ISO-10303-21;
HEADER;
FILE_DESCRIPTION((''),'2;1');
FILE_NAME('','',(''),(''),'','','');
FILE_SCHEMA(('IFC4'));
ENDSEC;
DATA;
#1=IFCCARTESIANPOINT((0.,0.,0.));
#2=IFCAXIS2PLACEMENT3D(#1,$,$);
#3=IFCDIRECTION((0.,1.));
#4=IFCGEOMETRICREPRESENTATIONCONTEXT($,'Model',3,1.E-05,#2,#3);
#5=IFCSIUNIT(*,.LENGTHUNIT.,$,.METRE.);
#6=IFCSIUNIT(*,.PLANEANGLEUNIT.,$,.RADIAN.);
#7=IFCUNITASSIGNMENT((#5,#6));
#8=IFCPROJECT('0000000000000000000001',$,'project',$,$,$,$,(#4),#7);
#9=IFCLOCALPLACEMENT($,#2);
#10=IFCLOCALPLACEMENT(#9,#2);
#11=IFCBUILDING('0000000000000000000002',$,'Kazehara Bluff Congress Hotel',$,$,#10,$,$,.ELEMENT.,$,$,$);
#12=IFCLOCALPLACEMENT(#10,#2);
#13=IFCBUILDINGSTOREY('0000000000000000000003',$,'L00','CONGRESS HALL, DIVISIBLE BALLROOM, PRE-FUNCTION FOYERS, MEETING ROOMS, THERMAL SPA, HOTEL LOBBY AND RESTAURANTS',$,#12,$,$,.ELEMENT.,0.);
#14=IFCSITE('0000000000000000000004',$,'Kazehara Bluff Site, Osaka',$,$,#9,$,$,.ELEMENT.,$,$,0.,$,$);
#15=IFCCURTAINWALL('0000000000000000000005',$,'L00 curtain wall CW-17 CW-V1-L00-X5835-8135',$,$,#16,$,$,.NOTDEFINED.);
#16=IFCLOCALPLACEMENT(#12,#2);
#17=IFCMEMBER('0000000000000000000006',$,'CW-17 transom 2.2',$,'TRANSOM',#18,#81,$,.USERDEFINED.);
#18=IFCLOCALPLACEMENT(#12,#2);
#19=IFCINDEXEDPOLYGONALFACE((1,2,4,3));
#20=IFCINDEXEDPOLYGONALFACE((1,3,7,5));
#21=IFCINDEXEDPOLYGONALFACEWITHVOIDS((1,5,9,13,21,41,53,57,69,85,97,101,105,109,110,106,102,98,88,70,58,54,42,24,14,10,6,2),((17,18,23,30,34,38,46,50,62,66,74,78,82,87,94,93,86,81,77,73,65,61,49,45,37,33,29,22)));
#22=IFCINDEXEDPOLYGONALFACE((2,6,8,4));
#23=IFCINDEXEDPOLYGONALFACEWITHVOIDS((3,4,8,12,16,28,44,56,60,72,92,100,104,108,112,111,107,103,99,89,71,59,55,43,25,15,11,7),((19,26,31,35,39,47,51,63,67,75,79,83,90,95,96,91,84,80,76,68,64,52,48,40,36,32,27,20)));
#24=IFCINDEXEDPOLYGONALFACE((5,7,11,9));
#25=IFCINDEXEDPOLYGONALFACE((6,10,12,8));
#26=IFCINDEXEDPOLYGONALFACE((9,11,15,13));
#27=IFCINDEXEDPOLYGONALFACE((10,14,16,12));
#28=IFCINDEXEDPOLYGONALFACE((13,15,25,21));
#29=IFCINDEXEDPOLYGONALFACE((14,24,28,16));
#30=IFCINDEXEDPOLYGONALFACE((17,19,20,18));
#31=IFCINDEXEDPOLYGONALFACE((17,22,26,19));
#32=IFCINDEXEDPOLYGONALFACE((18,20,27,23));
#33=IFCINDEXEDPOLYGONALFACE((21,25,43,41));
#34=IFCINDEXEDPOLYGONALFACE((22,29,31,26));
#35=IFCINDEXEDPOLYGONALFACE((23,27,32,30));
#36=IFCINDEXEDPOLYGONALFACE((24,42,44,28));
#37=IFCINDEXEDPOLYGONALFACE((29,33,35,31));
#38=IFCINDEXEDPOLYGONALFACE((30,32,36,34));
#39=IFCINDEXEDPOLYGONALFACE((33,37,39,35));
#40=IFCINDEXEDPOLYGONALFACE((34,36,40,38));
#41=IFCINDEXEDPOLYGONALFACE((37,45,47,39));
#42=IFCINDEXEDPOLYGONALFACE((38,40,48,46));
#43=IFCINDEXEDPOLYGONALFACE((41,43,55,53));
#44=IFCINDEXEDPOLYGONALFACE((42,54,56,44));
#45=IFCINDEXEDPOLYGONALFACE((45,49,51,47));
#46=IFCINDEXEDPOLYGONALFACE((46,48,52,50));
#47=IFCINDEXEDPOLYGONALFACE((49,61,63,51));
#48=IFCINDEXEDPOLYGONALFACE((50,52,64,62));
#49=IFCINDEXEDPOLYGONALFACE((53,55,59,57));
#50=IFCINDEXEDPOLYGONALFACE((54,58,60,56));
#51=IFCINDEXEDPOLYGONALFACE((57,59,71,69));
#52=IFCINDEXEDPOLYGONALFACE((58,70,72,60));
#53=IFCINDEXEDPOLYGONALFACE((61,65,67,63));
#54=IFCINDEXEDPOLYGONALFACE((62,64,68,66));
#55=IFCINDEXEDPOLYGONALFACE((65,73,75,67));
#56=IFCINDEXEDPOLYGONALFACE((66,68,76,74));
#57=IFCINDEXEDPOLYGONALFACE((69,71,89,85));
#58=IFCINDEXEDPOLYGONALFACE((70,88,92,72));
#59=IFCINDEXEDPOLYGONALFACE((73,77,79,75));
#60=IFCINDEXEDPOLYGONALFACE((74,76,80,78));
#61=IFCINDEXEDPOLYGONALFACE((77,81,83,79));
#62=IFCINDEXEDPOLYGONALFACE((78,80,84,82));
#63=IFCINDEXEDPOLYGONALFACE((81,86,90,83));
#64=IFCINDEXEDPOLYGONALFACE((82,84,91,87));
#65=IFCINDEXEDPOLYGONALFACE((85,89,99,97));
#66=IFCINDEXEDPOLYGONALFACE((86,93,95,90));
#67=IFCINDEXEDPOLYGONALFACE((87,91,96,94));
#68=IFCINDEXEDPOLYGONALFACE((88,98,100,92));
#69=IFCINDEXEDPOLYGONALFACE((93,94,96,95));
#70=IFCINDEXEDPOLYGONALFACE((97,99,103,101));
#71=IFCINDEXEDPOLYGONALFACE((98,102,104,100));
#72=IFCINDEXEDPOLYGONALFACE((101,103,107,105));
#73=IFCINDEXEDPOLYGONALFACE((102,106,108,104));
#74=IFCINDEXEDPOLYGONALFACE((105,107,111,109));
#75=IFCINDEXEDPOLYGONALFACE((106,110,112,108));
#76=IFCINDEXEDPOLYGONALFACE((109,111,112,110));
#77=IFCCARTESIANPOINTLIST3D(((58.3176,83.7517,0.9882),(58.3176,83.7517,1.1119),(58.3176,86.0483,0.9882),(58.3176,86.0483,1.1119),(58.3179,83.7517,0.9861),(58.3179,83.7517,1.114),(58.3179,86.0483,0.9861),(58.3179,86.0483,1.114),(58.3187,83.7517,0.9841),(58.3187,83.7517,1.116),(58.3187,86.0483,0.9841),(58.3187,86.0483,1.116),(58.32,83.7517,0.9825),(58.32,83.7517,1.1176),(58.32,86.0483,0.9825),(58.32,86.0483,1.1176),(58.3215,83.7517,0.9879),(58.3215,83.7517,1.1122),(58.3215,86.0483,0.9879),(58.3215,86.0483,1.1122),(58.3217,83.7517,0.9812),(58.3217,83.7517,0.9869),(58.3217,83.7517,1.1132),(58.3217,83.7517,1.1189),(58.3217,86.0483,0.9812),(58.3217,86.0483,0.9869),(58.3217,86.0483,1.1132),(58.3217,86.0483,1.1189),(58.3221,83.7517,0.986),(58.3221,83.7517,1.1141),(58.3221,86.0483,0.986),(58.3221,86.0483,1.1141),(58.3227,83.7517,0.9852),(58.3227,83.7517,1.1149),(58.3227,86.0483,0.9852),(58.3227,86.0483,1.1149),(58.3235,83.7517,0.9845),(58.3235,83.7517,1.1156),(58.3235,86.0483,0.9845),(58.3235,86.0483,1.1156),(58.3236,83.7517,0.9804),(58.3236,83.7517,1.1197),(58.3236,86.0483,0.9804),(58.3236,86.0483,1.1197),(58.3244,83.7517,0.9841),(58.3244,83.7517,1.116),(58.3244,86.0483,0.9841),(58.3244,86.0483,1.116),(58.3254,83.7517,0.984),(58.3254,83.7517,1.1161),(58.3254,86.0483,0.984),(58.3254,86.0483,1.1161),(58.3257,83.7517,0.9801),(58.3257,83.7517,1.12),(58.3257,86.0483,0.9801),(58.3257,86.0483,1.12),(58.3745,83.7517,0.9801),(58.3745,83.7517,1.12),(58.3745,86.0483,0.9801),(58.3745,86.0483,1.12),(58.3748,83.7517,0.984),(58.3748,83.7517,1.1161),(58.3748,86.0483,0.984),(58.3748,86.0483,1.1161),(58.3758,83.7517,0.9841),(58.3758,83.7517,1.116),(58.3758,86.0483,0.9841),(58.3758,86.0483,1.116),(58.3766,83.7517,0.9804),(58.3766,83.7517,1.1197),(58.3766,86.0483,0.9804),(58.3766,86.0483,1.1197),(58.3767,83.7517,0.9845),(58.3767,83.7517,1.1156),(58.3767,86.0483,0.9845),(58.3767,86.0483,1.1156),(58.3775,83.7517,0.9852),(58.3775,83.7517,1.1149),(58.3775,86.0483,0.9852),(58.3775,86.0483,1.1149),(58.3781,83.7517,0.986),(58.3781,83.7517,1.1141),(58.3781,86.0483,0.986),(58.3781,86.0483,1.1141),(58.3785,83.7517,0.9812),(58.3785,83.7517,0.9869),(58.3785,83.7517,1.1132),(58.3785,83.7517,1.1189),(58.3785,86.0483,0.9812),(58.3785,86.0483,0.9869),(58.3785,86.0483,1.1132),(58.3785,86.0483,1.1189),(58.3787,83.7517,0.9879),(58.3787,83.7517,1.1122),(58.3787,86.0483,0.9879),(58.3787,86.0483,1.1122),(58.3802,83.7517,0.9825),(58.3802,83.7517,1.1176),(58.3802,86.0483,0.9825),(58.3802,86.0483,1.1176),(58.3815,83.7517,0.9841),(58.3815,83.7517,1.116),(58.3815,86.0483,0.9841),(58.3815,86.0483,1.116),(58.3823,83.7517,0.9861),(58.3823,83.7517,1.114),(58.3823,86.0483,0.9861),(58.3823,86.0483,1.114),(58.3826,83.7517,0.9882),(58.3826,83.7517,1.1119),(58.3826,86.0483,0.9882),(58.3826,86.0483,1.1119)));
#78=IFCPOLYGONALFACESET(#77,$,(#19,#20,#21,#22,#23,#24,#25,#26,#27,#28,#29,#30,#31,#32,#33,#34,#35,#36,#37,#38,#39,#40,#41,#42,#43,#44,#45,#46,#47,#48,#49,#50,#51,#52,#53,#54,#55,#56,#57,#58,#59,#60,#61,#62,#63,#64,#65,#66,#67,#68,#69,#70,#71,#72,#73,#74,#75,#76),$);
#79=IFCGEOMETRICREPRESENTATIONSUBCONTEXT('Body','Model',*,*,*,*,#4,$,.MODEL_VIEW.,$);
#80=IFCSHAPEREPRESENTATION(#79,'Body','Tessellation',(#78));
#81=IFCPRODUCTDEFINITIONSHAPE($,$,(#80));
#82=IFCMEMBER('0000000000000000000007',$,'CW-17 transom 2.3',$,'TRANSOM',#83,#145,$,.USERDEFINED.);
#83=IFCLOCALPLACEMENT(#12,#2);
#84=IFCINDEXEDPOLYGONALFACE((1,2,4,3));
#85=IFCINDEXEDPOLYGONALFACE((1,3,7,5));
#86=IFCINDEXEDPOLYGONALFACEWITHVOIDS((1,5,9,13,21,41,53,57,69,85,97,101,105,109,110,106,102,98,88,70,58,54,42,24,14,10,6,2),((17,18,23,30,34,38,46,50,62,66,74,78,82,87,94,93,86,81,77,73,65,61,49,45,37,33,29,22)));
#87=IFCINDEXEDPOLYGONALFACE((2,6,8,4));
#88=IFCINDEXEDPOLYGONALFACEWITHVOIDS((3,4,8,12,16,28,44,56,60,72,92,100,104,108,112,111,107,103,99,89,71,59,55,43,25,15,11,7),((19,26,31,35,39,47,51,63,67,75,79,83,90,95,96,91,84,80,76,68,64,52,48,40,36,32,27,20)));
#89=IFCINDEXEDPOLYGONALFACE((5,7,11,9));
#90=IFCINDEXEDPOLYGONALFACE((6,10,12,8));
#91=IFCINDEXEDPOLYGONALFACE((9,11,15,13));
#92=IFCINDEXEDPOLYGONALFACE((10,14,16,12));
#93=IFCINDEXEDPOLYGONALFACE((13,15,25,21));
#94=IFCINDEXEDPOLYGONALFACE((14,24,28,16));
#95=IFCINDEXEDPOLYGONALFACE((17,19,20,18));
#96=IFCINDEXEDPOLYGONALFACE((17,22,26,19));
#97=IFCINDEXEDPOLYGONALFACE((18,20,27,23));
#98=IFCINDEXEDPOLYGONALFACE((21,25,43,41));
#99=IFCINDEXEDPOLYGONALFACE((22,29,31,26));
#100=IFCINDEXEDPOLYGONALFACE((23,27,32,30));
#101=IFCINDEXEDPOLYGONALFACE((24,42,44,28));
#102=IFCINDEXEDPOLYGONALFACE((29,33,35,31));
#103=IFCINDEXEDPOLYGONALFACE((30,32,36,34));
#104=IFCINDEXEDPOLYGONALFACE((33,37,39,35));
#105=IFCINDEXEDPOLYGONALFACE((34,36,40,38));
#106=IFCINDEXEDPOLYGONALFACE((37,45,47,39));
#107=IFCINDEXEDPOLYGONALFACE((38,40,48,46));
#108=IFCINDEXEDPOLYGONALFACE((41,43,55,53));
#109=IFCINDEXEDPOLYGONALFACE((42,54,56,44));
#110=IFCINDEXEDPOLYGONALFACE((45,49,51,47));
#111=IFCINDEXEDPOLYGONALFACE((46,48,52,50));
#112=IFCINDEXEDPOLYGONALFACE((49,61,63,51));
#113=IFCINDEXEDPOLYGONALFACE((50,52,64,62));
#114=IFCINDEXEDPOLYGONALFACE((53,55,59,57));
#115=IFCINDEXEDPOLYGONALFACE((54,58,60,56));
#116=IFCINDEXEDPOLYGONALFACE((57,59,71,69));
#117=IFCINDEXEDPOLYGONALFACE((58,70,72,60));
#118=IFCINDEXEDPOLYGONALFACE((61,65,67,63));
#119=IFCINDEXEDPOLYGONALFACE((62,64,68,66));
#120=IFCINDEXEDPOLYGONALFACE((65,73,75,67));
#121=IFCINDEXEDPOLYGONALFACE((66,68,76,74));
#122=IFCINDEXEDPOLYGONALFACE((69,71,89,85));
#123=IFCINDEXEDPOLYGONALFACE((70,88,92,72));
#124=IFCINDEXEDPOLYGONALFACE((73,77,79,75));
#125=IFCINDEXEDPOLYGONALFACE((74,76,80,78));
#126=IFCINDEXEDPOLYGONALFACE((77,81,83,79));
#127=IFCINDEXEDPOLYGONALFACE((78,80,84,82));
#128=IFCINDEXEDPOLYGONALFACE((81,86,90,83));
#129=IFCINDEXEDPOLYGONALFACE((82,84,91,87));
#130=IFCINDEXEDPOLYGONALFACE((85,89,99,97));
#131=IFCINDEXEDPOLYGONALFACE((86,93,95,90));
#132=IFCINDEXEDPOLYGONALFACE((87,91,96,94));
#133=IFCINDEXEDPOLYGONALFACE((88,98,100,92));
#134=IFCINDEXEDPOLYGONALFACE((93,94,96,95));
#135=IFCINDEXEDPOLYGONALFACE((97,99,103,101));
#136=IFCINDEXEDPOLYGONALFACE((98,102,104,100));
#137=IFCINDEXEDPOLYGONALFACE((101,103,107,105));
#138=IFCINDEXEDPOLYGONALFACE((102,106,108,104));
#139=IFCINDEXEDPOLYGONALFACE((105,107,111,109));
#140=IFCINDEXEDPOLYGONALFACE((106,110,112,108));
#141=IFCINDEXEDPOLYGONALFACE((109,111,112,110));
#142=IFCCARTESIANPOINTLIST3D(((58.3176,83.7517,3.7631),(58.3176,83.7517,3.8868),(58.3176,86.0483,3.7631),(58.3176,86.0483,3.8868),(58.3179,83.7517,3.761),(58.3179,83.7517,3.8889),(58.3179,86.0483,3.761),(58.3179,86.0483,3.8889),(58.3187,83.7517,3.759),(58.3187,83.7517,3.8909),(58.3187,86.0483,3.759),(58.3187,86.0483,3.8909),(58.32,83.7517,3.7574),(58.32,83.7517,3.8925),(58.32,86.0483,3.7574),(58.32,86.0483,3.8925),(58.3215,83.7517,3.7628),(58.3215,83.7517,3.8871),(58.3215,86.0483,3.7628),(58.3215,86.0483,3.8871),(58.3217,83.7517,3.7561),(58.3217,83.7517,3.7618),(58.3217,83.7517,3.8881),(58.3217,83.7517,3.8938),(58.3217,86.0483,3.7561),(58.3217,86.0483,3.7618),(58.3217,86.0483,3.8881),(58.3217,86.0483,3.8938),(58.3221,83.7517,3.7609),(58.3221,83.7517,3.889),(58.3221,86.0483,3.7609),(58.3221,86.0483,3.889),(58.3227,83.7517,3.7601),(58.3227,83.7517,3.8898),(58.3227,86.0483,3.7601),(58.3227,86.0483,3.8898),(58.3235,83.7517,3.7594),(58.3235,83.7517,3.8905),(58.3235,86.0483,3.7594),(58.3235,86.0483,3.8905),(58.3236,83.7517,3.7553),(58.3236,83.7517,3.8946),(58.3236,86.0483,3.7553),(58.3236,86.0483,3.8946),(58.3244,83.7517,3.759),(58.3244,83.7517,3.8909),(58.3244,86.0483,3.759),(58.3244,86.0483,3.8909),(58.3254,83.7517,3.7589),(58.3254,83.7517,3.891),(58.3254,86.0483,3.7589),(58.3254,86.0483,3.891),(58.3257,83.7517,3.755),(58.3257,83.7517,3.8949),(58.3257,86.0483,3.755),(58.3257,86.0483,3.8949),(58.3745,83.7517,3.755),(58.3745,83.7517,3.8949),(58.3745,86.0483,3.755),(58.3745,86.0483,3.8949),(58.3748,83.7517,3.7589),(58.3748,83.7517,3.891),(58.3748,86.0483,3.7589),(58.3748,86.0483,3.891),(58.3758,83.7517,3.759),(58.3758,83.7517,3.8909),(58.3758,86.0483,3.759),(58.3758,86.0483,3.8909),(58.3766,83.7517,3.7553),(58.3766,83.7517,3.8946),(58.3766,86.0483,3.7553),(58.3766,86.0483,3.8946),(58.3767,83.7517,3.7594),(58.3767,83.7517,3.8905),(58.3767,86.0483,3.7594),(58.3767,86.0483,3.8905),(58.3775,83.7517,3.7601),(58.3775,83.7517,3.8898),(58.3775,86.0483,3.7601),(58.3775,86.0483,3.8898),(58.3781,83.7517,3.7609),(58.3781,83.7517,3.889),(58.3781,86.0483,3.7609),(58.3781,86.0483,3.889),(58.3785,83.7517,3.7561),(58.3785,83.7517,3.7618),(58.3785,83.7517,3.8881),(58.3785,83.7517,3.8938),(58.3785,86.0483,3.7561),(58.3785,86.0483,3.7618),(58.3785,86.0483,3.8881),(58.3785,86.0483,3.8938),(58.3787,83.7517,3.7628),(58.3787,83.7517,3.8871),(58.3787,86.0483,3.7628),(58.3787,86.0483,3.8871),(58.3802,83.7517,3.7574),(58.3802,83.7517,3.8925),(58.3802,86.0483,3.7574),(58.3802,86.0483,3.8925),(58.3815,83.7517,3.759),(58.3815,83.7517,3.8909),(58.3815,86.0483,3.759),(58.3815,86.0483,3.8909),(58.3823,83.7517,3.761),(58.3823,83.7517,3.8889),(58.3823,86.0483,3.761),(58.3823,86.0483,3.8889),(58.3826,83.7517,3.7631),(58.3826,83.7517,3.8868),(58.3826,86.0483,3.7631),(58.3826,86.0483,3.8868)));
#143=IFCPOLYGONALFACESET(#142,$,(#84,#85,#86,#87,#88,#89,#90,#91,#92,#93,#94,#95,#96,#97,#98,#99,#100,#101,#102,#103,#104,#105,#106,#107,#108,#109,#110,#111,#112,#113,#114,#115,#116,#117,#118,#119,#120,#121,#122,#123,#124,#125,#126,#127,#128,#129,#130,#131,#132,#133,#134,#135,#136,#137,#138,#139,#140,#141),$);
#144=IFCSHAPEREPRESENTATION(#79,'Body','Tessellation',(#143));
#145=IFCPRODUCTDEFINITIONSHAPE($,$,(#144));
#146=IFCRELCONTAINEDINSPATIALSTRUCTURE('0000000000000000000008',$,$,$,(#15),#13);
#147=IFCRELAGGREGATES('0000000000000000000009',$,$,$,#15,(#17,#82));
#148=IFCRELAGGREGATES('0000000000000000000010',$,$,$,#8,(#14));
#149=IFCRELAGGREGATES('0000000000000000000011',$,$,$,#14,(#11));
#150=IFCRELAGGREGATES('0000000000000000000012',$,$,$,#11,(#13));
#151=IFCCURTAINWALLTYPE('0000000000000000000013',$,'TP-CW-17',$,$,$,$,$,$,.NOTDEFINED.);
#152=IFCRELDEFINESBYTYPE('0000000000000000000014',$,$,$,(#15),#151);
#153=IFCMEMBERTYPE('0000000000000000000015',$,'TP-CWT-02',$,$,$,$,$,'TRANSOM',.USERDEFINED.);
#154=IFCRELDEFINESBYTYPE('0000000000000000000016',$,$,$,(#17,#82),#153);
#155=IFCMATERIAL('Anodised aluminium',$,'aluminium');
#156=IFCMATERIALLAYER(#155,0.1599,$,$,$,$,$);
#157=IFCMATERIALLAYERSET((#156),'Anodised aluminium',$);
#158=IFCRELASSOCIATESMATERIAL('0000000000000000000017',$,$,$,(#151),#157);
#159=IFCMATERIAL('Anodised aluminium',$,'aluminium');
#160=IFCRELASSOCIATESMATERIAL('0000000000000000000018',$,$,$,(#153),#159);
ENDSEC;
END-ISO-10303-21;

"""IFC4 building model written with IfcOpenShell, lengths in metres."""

from ifc_helpers import new_model, si_unit, direction, frame, origin, origin_2d, place, context, subcontext, project, spatial, hollow_rectangle, extrude, material, layer, layer_set, material_profile, profile_set, type_object, element, aggregate, save


model = new_model("IFC4")

# Units and contexts
model_context = context("Model", 3, precision=1e-05, world=origin(), true_north=direction((0.0, 1.0)))
body_context = subcontext(model_context, "Body", "Model", "MODEL_VIEW")
ifc_project = project(units=[si_unit("LENGTHUNIT", "METRE"), si_unit("PLANEANGLEUNIT", "RADIAN")], contexts=[model_context])

# Site, building, storey
site_placement = place(None, origin())
site = spatial("IfcSite", under=ifc_project, at=site_placement, Name="Kazehara Bluff Site, Osaka", CompositionType="ELEMENT", RefElevation=0.0)
building_placement = place(site_placement, origin())
building = spatial("IfcBuilding", under=site, at=building_placement, Name="Kazehara Bluff Congress Hotel", CompositionType="ELEMENT")
storey_placement = place(building_placement, origin())
storey = spatial("IfcBuildingStorey", under=building, at=storey_placement, Name="L00", Description="CONGRESS HALL, DIVISIBLE BALLROOM, PRE-FUNCTION FOYERS, MEETING ROOMS, THERMAL SPA, HOTEL LOBBY AND RESTAURANTS", CompositionType="ELEMENT", Elevation=0.0)

# Curtain wall, members
ifc_material_1 = material(Name="Anodised aluminium", Category="aluminium")
ifc_layer_1 = layer(ifc_material_1, 0.1599)
ifc_layer_set_1 = layer_set([ifc_layer_1], Name="Anodised aluminium")
curtain_wall_type = type_object("IfcCurtainWallType", Name="TP-CW-17", PredefinedType="NOTDEFINED", material=ifc_layer_set_1)
curtain_wall_placement = place(storey_placement, origin())
curtain_wall = element("IfcCurtainWall", 1, at=curtain_wall_placement, inside=storey, type_object=curtain_wall_type, Name="L00 curtain wall CW-17 CW-V1-L00-X5835-8135", PredefinedType="NOTDEFINED")
ifc_material_2 = material(Name="Anodised aluminium", Category="aluminium")
ifc_material_profile_1 = material_profile(ifc_material_2, hollow_rectangle(XDim=0.0649, YDim=0.1399, WallThickness=0.0039, InnerFilletRadius=0.0039, OuterFilletRadius=0.0081, at=origin_2d()))
ifc_profile_set_1 = profile_set([ifc_material_profile_1], Name="Anodised aluminium")
member_type_1 = type_object("IfcMemberType", Name="TP-CWT-02", ElementType="TRANSOM", PredefinedType="USERDEFINED", material=ifc_profile_set_1)
member_1_placement = place(storey_placement, frame((58.3501, 83.7517, 1.05), z_axis=(0.0, 1.0, 0.0), x_axis=(-1.0, 0.0, 0.0)))
member_1 = element("IfcMember", 2, at=member_1_placement, type_object=member_type_1, Name="CW-17 transom 2.2", ObjectType="TRANSOM", PredefinedType="USERDEFINED", context=body_context, shape_type="SweptSolid", body=[
    extrude(hollow_rectangle(XDim=0.0649, YDim=0.1399, WallThickness=0.0039, InnerFilletRadius=0.0039, OuterFilletRadius=0.0081, at=origin_2d()), origin(), (0.0, 0.0, 1.0), 2.2966),
])
member_2_placement = place(storey_placement, frame((58.3501, 83.7517, 3.825), z_axis=(0.0, 1.0, 0.0), x_axis=(-1.0, 0.0, 0.0)))
member_2 = element("IfcMember", 3, at=member_2_placement, type_object=member_type_1, Name="CW-17 transom 2.3", ObjectType="TRANSOM", PredefinedType="USERDEFINED", context=body_context, shape_type="SweptSolid", body=[
    extrude(hollow_rectangle(XDim=0.0649, YDim=0.1399, WallThickness=0.0039, InnerFilletRadius=0.0039, OuterFilletRadius=0.0081, at=origin_2d()), origin(), (0.0, 0.0, 1.0), 2.2966),
])

aggregate(curtain_wall, [member_1, member_2])

save(model, "model.ifc")
